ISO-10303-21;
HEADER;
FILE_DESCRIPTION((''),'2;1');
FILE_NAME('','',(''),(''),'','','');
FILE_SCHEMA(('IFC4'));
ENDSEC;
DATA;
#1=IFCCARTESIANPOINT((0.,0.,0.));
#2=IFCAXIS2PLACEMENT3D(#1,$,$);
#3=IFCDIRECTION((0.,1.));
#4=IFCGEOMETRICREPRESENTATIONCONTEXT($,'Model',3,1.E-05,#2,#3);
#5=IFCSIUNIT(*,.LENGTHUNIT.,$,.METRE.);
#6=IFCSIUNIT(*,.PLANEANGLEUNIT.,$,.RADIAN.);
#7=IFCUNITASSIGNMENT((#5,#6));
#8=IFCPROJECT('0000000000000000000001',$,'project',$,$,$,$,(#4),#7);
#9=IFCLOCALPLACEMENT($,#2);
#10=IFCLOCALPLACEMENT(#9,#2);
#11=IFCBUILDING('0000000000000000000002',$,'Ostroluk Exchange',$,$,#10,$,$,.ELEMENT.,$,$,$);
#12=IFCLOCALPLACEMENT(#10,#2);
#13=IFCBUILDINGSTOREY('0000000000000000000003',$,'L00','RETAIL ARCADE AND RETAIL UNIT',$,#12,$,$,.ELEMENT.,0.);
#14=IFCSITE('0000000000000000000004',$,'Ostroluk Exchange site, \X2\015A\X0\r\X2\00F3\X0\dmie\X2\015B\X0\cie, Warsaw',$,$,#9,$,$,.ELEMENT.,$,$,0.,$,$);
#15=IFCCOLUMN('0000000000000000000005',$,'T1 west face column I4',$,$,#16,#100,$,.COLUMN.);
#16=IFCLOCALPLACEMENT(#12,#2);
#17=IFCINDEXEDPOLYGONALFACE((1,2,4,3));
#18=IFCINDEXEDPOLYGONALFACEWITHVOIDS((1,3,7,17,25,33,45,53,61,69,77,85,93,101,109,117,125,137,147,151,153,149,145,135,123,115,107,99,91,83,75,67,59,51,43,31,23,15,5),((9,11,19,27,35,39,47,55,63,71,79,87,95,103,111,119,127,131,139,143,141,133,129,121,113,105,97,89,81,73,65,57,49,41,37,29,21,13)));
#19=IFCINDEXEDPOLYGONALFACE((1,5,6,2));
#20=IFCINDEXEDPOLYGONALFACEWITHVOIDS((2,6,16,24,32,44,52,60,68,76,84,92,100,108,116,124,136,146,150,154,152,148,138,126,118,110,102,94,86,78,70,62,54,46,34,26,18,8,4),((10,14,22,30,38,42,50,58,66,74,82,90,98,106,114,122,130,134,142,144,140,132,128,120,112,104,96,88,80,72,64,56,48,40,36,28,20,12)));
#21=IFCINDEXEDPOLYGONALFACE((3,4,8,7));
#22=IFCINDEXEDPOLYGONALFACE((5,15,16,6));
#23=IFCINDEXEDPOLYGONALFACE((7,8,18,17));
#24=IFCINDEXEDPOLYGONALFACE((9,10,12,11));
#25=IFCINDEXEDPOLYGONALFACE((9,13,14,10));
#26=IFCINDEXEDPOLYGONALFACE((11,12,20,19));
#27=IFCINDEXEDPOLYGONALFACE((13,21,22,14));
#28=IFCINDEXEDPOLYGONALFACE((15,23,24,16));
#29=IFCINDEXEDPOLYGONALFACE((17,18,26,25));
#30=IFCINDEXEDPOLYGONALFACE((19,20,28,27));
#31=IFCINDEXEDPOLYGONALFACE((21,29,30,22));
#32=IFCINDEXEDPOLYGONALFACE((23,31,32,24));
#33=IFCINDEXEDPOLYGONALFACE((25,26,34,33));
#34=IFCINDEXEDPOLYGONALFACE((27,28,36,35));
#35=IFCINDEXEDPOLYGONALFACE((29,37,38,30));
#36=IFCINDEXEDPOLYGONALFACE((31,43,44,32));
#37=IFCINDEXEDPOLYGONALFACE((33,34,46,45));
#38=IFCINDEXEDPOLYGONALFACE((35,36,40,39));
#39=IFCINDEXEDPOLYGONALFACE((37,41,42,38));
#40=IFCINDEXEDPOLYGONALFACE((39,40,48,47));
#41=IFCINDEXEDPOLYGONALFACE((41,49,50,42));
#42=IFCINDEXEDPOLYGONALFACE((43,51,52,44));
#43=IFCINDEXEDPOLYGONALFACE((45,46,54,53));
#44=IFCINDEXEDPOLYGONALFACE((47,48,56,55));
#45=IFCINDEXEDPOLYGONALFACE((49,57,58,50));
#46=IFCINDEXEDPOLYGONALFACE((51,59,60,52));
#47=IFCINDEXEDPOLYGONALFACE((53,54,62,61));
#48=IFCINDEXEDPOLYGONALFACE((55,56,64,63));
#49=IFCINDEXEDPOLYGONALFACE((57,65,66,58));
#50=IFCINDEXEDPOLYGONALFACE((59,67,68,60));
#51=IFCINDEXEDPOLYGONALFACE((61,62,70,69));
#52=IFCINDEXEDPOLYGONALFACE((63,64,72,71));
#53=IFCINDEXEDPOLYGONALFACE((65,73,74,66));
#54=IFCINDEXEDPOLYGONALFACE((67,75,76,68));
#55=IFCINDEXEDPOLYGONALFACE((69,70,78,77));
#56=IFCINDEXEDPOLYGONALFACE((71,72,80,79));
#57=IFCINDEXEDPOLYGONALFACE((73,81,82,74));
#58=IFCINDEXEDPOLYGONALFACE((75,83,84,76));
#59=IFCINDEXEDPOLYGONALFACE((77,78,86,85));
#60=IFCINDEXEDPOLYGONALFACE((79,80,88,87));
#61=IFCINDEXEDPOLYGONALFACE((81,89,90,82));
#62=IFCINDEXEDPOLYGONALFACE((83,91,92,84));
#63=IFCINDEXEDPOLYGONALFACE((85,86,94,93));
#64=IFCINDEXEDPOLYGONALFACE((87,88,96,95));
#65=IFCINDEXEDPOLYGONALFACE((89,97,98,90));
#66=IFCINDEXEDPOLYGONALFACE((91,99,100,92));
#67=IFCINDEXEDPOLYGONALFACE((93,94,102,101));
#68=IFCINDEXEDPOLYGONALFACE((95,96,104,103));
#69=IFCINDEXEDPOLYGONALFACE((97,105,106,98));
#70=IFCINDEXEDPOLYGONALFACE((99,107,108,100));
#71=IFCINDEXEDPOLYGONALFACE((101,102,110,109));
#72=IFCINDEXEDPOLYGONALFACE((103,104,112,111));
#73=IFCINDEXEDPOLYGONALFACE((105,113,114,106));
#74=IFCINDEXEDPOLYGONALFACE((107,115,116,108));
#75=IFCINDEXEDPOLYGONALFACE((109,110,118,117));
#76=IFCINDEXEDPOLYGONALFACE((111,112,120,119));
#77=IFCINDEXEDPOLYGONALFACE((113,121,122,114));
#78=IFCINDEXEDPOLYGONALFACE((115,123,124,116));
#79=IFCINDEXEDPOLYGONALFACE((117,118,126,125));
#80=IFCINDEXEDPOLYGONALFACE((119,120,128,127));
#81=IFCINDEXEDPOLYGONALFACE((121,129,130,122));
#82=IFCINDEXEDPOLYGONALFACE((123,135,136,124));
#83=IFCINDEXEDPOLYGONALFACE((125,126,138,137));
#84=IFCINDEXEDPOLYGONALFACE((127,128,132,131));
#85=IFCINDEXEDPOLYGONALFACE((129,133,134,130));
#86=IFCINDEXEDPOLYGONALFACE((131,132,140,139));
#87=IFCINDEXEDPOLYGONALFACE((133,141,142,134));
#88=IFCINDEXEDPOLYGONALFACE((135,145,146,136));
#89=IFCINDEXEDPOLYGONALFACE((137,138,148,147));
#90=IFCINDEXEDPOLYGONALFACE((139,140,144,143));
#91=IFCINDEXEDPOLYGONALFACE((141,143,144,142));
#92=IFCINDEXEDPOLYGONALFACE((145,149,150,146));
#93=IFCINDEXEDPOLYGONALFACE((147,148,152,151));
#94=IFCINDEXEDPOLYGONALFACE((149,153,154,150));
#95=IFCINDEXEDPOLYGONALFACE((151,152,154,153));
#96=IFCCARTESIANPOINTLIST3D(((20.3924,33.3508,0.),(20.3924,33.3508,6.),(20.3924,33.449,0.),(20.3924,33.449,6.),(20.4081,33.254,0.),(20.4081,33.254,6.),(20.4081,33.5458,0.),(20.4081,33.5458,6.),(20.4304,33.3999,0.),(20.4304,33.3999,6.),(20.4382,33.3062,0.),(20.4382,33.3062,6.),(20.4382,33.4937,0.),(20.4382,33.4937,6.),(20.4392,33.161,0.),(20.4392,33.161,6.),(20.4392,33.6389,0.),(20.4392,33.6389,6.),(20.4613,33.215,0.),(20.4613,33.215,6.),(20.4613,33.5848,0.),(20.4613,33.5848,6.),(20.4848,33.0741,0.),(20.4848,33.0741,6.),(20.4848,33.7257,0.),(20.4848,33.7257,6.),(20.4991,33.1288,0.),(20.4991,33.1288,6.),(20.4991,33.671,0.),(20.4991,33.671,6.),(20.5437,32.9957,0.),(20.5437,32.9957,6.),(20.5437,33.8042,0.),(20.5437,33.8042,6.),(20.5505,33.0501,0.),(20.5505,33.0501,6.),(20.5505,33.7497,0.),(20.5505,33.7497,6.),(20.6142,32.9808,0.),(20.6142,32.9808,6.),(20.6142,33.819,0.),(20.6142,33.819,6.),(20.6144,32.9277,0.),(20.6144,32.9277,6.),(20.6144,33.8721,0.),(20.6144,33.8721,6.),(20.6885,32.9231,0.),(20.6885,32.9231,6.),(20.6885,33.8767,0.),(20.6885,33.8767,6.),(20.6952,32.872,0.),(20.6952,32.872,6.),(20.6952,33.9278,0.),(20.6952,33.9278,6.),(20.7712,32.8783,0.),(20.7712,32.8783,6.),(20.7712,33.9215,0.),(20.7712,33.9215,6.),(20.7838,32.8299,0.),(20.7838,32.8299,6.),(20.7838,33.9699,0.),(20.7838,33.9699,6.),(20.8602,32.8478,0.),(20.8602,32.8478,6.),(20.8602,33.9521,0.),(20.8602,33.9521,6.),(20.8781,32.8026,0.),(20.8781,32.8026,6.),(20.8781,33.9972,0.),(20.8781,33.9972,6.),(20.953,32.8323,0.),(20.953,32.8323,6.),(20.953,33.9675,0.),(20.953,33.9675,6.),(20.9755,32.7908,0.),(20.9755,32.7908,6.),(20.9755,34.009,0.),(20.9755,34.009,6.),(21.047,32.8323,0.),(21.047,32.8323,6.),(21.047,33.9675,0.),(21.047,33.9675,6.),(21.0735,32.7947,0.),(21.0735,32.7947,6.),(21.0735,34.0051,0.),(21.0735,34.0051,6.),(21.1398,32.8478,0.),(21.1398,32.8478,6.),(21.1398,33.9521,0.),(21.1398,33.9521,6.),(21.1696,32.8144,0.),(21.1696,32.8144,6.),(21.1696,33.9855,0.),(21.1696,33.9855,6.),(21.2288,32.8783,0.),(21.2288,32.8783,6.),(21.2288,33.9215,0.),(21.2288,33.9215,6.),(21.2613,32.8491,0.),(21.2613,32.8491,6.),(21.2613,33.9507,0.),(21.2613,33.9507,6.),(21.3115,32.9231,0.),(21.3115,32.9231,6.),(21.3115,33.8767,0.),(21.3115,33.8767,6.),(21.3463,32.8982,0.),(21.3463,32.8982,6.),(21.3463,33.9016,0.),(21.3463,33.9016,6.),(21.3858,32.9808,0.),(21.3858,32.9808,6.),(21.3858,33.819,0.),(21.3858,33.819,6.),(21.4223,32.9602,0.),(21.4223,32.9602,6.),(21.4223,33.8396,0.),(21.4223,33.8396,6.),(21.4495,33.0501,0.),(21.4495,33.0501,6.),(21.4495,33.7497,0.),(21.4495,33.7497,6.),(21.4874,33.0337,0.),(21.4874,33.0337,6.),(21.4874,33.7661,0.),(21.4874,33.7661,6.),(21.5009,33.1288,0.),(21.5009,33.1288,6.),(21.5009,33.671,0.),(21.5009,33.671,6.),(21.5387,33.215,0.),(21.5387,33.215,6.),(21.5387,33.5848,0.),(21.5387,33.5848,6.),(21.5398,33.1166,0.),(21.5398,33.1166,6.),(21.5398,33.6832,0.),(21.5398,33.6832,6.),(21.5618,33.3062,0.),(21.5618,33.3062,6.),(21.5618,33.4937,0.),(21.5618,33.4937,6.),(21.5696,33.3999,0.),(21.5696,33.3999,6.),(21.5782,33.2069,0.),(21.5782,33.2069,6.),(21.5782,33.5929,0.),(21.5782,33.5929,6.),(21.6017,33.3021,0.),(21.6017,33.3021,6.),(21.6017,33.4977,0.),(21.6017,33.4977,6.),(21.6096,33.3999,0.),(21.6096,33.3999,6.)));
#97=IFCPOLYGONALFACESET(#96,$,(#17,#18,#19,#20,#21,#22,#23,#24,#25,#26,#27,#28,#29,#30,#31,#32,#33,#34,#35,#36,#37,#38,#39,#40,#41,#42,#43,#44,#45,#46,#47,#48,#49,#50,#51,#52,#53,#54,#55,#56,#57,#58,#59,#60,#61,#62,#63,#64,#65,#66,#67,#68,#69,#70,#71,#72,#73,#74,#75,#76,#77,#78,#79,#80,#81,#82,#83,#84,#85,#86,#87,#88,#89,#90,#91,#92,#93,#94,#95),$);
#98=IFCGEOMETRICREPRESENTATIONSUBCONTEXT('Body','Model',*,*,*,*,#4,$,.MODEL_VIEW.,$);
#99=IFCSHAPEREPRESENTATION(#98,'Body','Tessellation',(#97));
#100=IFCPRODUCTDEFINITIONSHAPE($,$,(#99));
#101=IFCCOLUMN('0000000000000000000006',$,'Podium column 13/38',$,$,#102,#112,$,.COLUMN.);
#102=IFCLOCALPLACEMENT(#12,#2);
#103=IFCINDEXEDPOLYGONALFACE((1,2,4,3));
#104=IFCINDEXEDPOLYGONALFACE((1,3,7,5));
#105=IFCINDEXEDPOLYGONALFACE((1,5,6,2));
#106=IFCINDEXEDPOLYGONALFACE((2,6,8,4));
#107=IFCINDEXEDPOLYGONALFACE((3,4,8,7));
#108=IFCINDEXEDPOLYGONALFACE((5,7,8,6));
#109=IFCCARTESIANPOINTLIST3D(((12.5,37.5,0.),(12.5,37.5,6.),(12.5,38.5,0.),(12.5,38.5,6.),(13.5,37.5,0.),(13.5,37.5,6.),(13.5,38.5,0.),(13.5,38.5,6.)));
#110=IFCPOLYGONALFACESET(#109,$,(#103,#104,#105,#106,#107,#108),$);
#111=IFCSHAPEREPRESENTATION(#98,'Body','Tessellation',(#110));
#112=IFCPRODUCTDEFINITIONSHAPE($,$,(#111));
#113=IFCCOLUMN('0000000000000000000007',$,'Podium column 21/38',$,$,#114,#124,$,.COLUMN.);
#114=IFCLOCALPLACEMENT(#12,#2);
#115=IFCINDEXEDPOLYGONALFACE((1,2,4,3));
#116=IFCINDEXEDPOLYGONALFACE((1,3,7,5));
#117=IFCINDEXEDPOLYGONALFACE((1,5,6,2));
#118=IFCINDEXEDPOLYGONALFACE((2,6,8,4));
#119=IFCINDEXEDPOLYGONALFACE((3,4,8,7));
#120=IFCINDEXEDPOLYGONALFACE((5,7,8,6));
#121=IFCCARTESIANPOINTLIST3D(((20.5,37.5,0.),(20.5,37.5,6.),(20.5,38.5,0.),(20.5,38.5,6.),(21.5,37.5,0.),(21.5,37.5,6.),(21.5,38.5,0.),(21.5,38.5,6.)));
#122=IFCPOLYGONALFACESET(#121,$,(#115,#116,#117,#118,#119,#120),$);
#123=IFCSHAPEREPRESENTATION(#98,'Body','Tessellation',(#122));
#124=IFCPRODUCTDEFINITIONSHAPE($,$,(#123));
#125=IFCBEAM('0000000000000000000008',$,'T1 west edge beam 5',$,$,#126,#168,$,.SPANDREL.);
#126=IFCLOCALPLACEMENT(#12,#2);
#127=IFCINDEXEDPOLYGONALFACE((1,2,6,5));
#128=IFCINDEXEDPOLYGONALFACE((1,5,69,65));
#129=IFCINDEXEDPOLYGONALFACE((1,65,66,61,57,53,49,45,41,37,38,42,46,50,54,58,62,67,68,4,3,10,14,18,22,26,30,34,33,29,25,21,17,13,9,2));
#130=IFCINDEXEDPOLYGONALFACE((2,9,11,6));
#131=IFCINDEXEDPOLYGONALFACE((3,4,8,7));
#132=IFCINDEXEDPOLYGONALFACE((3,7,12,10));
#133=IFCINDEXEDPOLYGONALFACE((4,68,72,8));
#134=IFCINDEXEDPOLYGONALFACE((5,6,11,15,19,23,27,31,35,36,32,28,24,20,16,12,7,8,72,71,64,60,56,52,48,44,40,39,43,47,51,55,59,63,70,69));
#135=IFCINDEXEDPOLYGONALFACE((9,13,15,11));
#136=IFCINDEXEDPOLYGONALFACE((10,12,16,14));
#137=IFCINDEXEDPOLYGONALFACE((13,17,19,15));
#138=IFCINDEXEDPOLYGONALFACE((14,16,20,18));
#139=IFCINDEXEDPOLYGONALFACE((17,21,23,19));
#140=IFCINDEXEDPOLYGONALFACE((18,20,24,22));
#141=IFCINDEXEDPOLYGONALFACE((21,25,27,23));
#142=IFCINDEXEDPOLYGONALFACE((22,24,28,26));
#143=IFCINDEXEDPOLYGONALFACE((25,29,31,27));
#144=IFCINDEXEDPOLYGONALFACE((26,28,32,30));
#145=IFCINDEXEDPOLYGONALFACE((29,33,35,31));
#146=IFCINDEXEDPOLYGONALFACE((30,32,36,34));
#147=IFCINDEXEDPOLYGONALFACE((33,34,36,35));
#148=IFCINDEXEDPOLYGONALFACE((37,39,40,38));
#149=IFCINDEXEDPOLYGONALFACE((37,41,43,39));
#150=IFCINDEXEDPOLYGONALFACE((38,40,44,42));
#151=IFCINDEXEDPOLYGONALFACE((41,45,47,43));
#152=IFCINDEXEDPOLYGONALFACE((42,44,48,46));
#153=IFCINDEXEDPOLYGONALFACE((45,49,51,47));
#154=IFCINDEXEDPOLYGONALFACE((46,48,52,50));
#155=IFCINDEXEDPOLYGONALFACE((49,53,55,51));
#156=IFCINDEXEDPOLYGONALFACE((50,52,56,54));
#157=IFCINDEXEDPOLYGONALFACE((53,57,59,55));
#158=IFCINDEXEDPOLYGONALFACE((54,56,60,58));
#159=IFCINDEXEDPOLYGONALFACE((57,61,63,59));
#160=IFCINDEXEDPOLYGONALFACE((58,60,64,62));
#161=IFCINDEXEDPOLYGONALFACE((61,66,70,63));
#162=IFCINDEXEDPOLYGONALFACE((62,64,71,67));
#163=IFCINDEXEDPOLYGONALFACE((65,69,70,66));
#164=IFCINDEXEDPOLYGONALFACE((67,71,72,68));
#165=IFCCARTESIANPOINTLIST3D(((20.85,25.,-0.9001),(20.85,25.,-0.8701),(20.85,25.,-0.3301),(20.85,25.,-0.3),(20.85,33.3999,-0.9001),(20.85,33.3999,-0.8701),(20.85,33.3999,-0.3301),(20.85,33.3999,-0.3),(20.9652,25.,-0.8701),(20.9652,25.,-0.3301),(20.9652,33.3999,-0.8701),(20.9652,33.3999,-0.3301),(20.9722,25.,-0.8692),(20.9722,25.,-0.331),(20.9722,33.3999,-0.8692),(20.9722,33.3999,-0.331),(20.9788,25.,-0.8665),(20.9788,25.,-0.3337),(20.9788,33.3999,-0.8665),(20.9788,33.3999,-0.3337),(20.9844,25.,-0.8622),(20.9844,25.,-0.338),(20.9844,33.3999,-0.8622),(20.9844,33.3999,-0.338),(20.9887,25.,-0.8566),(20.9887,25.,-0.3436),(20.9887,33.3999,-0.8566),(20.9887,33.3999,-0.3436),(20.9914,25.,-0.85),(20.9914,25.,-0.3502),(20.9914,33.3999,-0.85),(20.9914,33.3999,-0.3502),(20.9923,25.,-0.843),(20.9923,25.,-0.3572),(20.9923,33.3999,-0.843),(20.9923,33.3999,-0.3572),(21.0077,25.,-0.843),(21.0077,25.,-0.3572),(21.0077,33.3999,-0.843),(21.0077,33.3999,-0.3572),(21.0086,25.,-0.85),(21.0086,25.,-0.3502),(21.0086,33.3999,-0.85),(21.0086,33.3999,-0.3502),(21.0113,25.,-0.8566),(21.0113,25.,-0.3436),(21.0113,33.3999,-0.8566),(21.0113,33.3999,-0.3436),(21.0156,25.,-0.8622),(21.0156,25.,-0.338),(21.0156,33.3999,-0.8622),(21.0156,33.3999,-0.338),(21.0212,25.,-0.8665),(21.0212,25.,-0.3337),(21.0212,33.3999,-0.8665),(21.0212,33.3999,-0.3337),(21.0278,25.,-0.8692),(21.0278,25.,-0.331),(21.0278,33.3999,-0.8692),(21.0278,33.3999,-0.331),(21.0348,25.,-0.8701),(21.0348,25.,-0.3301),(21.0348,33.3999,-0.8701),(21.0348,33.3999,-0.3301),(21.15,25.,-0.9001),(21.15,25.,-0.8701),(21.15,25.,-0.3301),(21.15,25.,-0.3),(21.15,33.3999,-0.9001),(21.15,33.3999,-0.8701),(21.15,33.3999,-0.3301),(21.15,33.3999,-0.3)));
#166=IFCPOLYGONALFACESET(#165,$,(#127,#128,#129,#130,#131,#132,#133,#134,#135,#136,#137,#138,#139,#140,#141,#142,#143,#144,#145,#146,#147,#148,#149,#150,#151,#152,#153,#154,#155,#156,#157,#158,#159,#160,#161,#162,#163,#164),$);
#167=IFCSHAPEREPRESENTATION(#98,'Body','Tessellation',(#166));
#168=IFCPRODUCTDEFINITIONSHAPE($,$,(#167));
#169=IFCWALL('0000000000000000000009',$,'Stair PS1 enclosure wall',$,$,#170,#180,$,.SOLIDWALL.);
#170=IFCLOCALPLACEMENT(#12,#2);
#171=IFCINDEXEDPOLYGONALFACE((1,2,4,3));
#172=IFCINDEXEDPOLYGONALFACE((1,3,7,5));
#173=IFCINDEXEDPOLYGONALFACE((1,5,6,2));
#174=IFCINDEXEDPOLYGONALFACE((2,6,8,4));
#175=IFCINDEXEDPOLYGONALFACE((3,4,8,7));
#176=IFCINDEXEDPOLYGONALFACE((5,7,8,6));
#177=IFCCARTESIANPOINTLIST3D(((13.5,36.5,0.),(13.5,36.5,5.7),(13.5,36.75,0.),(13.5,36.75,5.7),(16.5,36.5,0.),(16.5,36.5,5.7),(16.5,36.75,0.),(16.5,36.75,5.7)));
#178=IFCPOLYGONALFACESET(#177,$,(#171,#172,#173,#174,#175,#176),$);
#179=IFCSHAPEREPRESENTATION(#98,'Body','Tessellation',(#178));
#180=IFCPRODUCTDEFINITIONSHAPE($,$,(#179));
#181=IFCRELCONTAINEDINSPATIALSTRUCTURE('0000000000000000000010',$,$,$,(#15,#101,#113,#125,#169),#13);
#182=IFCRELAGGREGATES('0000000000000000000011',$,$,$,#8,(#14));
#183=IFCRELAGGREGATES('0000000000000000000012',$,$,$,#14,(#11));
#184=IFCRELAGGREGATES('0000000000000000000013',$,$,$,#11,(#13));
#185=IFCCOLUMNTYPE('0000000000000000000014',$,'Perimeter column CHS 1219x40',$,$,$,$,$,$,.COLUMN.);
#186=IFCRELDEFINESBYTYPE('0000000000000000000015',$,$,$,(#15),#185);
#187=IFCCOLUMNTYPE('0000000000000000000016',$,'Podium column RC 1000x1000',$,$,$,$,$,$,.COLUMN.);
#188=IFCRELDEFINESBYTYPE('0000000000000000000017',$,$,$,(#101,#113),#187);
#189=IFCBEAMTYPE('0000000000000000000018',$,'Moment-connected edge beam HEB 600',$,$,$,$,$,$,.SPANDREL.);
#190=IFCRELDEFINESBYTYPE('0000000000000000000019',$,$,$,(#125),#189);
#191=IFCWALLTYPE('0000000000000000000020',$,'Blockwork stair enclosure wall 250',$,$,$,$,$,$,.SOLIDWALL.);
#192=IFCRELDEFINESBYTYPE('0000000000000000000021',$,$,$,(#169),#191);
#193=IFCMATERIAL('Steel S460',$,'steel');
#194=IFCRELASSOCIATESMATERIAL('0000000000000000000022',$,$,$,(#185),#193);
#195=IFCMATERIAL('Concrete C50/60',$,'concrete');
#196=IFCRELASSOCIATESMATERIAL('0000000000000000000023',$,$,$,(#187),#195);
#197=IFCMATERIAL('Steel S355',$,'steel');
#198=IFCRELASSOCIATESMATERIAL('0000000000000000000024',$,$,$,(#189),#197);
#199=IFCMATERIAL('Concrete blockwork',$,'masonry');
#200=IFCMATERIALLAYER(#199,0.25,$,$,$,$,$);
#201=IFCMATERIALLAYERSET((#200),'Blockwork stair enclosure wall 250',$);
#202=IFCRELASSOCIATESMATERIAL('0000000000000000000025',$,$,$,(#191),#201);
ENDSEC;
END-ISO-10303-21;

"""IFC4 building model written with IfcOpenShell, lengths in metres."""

from ifc_helpers import new_model, si_unit, direction, frame, frame_2d, origin, origin_2d, place, context, subcontext, project, spatial, rectangle, hollow_circle, i_section, extrude, material, layer, layer_set, material_profile, profile_set, type_object, element, save


model = new_model("IFC4")

# Units and contexts
model_context = context("Model", 3, precision=1e-05, world=origin(), true_north=direction((0.0, 1.0)))
body_context = subcontext(model_context, "Body", "Model", "MODEL_VIEW")
ifc_project = project(units=[si_unit("LENGTHUNIT", "METRE"), si_unit("PLANEANGLEUNIT", "RADIAN")], contexts=[model_context])

# Site, building, storey
site_placement = place(None, origin())
site = spatial("IfcSite", under=ifc_project, at=site_placement, Name="Ostroluk Exchange site, Śródmieście, Warsaw", CompositionType="ELEMENT", RefElevation=0.0)
building_placement = place(site_placement, origin())
building = spatial("IfcBuilding", under=site, at=building_placement, Name="Ostroluk Exchange", CompositionType="ELEMENT")
storey_placement = place(building_placement, origin())
storey = spatial("IfcBuildingStorey", under=building, at=storey_placement, Name="L00", Description="RETAIL ARCADE AND RETAIL UNIT", CompositionType="ELEMENT", Elevation=0.0)

# Columns
ifc_material_1 = material(Name="Steel S460", Category="steel")
ifc_material_profile_1 = material_profile(ifc_material_1, hollow_circle(Radius=0.6096, WallThickness=0.04, at=origin_2d()), Name="CHS 1219x40")
ifc_profile_set_1 = profile_set([ifc_material_profile_1], Name="Steel S460")
column_type_1 = type_object("IfcColumnType", Name="Perimeter column CHS 1219x40", PredefinedType="COLUMN", material=ifc_profile_set_1)
column_placement = place(storey_placement, frame((21.0, 33.3999, 0.0), z_axis=(0.0, 0.0, 1.0), x_axis=(1.0, 0.0, 0.0)))
element("IfcColumn", 1, at=column_placement, inside=storey, type_object=column_type_1, Name="T1 west face column I4", PredefinedType="COLUMN", context=body_context, shape_type="SweptSolid", body=[
    extrude(hollow_circle(Radius=0.6096, WallThickness=0.04, at=origin_2d()), origin(), (0.0, 0.0, 1.0), 6.0),
])
ifc_material_2 = material(Name="Concrete C50/60", Category="concrete")
ifc_material_profile_2 = material_profile(ifc_material_2, rectangle(XDim=1.0, YDim=1.0, at=origin_2d()), Name="RC 1000x1000")
ifc_profile_set_2 = profile_set([ifc_material_profile_2], Name="Concrete C50/60")
column_type_2 = type_object("IfcColumnType", Name="Podium column RC 1000x1000", PredefinedType="COLUMN", material=ifc_profile_set_2)
for number, where, z_axis, x_axis, name in (
    (2, (13.0, 38.0, 0.0), (0.0, 0.0, 1.0), (1.0, 0.0, 0.0), "Podium column 13/38"),
    (3, (21.0, 38.0, 0.0), (0.0, 0.0, 1.0), (1.0, 0.0, 0.0), "Podium column 21/38"),
):
    element("IfcColumn", number, at=place(storey_placement, frame(where, z_axis=z_axis, x_axis=x_axis)), inside=storey, type_object=column_type_2, Name=name, PredefinedType="COLUMN", context=body_context, shape_type="SweptSolid", body=[
        extrude(rectangle(XDim=1.0, YDim=1.0, at=origin_2d()), origin(), (0.0, 0.0, 1.0), 6.0),
    ])

# Beam
ifc_material_3 = material(Name="Steel S355", Category="steel")
ifc_material_profile_3 = material_profile(ifc_material_3, i_section(OverallWidth=0.3, OverallDepth=0.6001, WebThickness=0.0154, FlangeThickness=0.03, FilletRadius=0.0271, at=origin_2d()), Name="HEB 600")
ifc_profile_set_3 = profile_set([ifc_material_profile_3], Name="Steel S355")
beam_type = type_object("IfcBeamType", Name="Moment-connected edge beam HEB 600", PredefinedType="SPANDREL", material=ifc_profile_set_3)
beam_placement = place(storey_placement, frame((21.0, 33.3999, -0.6001), z_axis=(0.0, -1.0, 0.0), x_axis=(1.0, 0.0, 0.0)))
element("IfcBeam", 4, at=beam_placement, inside=storey, type_object=beam_type, Name="T1 west edge beam 5", PredefinedType="SPANDREL", context=body_context, shape_type="SweptSolid", body=[
    extrude(i_section(OverallWidth=0.3, OverallDepth=0.6001, WebThickness=0.0154, FlangeThickness=0.03, FilletRadius=0.0271, at=origin_2d()), origin(), (0.0, 0.0, 1.0), 8.3999),
])

# Wall
ifc_material_4 = material(Name="Concrete blockwork", Category="masonry")
ifc_layer_1 = layer(ifc_material_4, 0.25)
ifc_layer_set_1 = layer_set([ifc_layer_1], Name="Blockwork stair enclosure wall 250")
wall_type_1 = type_object("IfcWallType", Name="Blockwork stair enclosure wall 250", PredefinedType="SOLIDWALL", material=ifc_layer_set_1)
wall_1_placement = place(storey_placement, frame((13.5, 36.625, 0.0), z_axis=(0.0, 0.0, 1.0), x_axis=(1.0, 0.0, 0.0)))
element("IfcWall", 5, at=wall_1_placement, inside=storey, type_object=wall_type_1, Name="Stair PS1 enclosure wall", PredefinedType="SOLIDWALL", context=body_context, shape_type="SweptSolid", body=[
    extrude(rectangle(XDim=3.0, YDim=0.25, at=frame_2d((1.5, 0.0))), origin(), (0.0, 0.0, 1.0), 5.7),
])

save(model, "model.ifc")
